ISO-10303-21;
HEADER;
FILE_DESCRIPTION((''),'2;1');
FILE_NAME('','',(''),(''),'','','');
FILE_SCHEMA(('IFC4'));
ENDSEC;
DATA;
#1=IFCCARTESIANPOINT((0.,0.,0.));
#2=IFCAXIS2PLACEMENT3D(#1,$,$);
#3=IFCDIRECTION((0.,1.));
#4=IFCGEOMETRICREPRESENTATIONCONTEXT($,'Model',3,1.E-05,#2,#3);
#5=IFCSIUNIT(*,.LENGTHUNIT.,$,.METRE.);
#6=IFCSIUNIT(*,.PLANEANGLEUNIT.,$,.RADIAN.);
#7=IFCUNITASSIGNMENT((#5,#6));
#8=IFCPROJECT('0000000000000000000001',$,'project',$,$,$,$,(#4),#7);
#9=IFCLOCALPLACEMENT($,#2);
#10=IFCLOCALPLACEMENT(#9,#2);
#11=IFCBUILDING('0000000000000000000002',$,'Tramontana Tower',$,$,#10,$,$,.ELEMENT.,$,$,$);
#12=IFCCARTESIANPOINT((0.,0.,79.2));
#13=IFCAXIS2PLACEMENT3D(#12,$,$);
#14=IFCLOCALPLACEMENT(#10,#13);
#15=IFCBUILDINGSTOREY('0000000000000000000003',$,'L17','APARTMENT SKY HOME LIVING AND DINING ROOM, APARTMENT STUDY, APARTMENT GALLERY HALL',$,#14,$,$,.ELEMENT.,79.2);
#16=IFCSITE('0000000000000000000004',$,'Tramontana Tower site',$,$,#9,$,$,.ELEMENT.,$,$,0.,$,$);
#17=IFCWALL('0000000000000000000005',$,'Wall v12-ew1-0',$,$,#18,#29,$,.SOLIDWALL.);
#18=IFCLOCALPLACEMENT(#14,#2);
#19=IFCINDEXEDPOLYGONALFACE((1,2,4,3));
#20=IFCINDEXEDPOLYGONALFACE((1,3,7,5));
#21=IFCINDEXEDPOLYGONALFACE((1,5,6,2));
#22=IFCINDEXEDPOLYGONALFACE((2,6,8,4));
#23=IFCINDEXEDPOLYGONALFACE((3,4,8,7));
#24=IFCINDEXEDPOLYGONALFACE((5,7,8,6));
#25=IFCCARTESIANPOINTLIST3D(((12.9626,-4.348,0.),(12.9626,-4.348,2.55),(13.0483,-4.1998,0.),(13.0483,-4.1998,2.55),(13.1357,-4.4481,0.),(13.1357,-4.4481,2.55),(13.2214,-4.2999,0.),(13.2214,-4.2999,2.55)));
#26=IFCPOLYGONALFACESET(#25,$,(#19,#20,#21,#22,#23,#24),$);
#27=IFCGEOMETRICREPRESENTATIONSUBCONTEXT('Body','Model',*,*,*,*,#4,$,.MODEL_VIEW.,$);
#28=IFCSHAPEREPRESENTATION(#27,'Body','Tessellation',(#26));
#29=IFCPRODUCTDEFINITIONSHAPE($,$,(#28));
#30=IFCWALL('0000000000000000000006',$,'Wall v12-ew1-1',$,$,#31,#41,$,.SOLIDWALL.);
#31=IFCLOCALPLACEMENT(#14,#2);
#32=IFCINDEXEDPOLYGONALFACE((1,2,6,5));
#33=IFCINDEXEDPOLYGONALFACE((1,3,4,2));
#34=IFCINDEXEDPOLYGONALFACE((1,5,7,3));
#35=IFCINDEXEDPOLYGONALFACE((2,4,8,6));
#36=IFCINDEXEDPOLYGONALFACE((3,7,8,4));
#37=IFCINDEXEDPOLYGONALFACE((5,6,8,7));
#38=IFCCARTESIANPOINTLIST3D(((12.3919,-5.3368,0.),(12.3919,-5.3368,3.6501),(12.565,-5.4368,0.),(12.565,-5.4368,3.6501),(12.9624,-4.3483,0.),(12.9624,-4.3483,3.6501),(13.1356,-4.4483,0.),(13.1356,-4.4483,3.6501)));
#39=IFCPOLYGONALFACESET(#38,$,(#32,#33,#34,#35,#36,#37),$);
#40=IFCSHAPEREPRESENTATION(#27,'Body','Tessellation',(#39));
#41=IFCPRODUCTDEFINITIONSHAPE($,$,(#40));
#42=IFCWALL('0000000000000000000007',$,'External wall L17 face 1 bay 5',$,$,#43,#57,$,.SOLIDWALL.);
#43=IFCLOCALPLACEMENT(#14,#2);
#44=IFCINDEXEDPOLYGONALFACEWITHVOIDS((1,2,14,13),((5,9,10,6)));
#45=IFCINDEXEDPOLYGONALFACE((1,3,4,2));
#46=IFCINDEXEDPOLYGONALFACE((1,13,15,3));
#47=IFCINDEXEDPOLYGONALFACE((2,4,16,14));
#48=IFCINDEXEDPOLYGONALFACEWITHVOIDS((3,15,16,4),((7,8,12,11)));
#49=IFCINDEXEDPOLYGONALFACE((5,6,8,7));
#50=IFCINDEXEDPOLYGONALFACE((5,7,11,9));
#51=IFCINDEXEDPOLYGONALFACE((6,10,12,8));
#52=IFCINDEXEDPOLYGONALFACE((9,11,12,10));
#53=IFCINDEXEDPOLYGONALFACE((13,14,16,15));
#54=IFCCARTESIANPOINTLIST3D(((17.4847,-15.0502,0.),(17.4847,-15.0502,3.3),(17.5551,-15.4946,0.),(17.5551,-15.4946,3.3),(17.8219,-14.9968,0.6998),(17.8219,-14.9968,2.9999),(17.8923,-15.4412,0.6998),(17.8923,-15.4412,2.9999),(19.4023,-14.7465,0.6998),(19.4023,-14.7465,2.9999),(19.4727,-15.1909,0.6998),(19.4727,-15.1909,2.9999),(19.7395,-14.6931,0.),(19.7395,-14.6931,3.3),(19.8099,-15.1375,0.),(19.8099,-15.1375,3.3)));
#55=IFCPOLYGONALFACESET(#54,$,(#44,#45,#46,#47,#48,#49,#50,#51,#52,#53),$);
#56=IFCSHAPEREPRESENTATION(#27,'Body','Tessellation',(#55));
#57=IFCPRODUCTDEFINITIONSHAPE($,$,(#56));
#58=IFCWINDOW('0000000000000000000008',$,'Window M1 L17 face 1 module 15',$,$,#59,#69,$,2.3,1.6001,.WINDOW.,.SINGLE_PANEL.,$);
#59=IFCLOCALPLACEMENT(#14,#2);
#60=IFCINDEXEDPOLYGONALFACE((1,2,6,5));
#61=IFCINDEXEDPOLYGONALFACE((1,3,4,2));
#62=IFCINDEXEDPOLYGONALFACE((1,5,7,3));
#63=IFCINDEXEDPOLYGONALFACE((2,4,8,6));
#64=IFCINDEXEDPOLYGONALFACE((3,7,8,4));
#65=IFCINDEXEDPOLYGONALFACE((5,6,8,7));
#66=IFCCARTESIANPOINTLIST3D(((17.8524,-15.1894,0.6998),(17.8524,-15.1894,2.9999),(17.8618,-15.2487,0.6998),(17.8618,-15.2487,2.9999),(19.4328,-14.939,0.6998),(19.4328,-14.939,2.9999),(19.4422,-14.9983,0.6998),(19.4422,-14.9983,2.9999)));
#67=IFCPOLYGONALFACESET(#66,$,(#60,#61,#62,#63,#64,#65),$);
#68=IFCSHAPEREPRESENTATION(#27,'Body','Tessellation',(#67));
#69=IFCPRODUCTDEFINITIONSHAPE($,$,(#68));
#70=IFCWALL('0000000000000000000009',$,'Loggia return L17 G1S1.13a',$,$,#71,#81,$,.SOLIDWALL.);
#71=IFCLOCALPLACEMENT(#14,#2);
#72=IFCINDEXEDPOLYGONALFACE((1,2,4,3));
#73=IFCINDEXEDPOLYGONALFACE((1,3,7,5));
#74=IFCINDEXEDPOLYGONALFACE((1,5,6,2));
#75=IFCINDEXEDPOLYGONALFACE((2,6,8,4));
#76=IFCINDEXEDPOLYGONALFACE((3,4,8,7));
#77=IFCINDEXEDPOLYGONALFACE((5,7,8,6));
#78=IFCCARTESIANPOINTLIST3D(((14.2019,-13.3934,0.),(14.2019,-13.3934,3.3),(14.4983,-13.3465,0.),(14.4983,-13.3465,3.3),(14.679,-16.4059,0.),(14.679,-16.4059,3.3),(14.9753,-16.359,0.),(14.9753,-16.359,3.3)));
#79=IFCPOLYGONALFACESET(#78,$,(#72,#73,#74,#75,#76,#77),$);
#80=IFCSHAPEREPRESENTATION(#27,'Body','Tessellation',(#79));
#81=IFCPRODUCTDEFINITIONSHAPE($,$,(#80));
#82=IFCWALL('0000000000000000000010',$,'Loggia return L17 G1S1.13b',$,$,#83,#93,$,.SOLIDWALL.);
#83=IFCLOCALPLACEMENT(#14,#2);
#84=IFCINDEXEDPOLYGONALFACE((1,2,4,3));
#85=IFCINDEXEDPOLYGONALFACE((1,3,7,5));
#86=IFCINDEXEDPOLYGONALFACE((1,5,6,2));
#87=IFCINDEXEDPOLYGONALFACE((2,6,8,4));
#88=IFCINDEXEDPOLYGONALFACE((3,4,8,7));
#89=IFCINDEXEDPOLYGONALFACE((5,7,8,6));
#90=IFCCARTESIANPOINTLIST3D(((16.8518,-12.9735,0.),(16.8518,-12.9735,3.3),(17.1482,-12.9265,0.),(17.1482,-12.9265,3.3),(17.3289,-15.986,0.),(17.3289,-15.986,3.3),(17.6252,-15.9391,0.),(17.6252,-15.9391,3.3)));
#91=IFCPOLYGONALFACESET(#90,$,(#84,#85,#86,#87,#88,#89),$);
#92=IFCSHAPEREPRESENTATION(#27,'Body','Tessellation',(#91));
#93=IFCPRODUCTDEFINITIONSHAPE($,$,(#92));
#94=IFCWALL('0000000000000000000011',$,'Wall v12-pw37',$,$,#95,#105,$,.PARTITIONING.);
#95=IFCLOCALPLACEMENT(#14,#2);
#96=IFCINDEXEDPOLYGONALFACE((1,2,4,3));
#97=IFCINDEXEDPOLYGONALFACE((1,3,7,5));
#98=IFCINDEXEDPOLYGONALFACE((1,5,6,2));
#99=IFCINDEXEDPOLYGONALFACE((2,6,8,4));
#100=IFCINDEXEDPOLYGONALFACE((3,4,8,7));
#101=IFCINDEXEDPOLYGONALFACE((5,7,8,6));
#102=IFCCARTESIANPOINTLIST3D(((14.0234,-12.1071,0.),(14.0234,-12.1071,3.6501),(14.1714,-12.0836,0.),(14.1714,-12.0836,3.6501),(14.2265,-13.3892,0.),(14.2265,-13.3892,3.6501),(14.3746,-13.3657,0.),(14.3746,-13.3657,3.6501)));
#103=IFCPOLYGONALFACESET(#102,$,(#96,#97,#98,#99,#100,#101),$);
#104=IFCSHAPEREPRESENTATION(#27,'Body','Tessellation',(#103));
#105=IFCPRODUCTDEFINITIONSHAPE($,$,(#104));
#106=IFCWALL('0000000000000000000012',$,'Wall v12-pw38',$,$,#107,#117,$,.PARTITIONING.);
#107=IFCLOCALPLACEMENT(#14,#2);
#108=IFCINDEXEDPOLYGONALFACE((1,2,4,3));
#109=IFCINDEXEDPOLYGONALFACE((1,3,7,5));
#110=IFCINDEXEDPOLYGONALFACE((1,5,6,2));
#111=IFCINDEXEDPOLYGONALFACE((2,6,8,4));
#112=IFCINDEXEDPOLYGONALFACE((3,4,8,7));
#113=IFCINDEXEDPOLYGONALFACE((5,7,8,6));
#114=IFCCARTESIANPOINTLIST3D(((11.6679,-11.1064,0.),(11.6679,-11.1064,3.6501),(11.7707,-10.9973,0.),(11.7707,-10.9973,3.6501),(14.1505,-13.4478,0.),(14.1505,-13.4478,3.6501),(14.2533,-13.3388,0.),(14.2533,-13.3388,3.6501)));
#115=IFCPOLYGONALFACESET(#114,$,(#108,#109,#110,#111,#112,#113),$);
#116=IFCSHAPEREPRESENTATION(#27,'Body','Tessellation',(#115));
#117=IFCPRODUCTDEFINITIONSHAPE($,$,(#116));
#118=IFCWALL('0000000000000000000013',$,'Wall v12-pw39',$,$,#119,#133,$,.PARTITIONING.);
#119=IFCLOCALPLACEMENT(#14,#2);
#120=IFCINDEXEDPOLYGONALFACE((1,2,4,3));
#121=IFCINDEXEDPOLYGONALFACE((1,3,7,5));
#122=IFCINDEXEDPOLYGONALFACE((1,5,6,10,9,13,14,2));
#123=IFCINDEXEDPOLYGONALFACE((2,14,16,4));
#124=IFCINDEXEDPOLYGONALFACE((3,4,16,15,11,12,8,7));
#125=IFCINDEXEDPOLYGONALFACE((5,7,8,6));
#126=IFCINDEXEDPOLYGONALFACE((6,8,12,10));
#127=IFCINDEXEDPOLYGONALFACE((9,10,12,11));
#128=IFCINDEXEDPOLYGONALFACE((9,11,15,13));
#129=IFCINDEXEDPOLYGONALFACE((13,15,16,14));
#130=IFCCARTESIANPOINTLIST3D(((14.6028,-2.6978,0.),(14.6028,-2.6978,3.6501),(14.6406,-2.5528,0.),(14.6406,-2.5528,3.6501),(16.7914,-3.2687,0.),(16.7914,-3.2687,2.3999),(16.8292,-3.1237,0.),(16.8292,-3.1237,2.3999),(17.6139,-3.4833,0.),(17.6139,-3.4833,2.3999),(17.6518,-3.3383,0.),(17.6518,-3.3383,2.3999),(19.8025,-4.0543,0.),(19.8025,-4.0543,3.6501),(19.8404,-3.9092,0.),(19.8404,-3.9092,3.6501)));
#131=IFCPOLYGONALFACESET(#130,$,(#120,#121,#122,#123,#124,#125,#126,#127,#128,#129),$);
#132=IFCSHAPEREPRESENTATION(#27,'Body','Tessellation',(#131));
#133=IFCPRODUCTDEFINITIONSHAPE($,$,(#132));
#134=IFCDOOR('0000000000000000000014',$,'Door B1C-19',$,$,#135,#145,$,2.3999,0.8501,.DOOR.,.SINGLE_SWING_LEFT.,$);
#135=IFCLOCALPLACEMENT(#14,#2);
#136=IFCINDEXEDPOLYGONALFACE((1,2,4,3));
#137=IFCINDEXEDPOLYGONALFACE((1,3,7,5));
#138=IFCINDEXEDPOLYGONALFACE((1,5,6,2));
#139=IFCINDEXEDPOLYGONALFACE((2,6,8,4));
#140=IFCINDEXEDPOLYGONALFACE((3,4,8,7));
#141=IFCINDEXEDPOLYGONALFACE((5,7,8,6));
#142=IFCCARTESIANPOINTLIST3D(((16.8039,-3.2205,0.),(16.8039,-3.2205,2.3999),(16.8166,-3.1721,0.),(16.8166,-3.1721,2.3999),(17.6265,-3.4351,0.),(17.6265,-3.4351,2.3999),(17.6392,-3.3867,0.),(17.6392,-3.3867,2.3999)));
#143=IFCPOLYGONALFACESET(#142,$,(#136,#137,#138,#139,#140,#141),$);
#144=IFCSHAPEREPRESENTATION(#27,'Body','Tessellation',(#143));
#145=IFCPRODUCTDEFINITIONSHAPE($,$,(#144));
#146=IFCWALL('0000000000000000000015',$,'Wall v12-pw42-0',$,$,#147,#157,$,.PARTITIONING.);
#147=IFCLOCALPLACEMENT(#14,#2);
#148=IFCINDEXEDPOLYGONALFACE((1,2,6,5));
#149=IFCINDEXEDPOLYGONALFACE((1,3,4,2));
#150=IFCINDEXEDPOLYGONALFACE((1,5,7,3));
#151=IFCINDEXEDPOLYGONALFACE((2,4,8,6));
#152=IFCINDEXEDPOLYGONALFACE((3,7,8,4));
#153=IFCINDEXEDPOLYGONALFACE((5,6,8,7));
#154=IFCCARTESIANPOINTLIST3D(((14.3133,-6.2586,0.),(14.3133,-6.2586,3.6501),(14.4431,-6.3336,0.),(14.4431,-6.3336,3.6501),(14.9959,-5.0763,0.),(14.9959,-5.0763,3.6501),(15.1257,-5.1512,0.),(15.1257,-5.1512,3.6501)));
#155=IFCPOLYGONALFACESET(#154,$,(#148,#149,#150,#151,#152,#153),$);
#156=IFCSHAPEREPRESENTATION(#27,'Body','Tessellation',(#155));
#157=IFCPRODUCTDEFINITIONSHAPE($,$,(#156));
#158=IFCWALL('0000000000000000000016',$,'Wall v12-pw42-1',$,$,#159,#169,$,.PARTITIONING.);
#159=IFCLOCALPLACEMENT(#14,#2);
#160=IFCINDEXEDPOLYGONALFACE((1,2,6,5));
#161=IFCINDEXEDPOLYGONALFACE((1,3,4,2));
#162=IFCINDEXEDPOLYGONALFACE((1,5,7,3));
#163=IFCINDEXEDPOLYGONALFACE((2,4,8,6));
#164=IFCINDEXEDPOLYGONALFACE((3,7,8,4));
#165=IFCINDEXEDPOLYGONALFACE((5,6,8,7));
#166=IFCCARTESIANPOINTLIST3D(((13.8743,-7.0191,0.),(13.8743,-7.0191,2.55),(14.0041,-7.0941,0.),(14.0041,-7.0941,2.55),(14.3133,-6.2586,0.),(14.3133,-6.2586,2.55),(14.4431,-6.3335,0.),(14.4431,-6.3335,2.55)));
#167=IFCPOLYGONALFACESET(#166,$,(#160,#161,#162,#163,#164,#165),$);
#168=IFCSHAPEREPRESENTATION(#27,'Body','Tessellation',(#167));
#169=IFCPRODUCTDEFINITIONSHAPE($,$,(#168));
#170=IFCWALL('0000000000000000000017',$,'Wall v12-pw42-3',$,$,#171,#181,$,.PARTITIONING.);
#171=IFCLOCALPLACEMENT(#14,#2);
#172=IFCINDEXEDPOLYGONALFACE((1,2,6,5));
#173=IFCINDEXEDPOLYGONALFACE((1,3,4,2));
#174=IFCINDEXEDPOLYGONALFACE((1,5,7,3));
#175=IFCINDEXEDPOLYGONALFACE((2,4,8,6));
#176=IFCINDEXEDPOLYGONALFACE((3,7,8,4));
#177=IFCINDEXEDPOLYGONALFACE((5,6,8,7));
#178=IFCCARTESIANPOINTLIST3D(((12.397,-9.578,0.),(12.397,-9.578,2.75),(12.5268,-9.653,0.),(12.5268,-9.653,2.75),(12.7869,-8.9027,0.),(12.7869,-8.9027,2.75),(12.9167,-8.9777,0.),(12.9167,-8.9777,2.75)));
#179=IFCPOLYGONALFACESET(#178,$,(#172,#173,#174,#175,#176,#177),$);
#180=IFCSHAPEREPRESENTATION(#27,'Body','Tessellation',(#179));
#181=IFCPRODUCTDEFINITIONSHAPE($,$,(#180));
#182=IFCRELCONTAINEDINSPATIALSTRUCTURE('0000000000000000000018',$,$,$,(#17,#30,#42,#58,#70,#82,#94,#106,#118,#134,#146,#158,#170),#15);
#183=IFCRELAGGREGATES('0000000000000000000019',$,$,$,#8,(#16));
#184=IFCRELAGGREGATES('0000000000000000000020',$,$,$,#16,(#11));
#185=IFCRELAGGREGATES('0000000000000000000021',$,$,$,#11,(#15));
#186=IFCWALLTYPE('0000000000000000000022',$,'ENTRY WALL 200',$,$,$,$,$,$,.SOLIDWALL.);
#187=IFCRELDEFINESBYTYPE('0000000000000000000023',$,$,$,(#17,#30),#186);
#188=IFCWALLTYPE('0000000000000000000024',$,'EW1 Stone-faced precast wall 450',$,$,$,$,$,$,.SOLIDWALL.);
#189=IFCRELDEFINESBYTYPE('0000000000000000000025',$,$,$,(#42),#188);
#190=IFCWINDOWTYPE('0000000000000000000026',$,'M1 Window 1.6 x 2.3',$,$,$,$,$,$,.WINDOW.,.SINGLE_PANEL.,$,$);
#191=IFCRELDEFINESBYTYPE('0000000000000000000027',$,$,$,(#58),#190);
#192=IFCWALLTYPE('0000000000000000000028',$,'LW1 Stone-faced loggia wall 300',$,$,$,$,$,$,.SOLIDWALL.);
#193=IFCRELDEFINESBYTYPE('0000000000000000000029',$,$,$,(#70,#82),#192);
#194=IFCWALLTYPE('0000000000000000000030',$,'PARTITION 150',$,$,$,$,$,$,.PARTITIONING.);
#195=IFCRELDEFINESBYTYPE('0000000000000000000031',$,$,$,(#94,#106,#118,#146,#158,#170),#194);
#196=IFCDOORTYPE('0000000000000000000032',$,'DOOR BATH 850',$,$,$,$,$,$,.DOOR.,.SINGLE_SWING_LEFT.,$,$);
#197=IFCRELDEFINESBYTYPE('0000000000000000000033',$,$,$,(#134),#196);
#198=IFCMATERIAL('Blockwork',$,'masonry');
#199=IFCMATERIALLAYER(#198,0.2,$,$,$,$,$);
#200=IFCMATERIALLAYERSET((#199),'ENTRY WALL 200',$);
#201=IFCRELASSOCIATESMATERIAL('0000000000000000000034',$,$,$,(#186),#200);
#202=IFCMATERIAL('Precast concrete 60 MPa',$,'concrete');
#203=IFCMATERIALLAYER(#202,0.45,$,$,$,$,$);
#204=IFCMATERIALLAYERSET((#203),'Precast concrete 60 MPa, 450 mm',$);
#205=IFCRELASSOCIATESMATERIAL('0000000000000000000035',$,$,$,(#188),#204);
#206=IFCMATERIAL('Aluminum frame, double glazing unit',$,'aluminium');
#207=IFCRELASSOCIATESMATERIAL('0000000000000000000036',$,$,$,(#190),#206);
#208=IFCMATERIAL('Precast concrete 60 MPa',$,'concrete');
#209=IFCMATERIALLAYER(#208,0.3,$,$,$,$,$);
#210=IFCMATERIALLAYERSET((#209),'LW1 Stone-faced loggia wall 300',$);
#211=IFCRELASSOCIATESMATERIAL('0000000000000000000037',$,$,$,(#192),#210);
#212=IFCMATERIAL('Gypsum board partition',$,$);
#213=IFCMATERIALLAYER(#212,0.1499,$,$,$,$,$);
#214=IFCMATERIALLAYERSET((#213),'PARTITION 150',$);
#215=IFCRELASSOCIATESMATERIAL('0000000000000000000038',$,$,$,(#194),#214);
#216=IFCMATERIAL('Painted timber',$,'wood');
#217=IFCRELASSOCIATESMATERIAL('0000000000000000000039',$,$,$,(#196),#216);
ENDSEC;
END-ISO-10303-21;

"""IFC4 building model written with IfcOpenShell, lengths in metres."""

from ifc_helpers import new_model, si_unit, direction, frame, frame_2d, origin, place, context, subcontext, project, spatial, rectangle, extrude, material, layer, layer_set, type_object, element, fill, save


model = new_model("IFC4")

# Units and contexts
model_context = context("Model", 3, precision=1e-05, world=origin(), true_north=direction((0.0, 1.0)))
body_context = subcontext(model_context, "Body", "Model", "MODEL_VIEW")
ifc_project = project(units=[si_unit("LENGTHUNIT", "METRE"), si_unit("PLANEANGLEUNIT", "RADIAN")], contexts=[model_context])

# Site, building, storey
site_placement = place(None, origin())
site = spatial("IfcSite", under=ifc_project, at=site_placement, Name="Tramontana Tower site", CompositionType="ELEMENT", RefElevation=0.0)
building_placement = place(site_placement, origin())
building = spatial("IfcBuilding", under=site, at=building_placement, Name="Tramontana Tower", CompositionType="ELEMENT")
storey_placement = place(building_placement, frame((0.0, 0.0, 79.2)))
storey = spatial("IfcBuildingStorey", under=building, at=storey_placement, Name="L17", Description="APARTMENT SKY HOME LIVING AND DINING ROOM, APARTMENT STUDY, APARTMENT GALLERY HALL", CompositionType="ELEMENT", Elevation=79.2)

# Walls
ifc_material_1 = material(Name="Blockwork", Category="masonry")
ifc_layer_1 = layer(ifc_material_1, 0.2)
ifc_layer_set_1 = layer_set([ifc_layer_1], Name="ENTRY WALL 200")
wall_type_1 = type_object("IfcWallType", Name="ENTRY WALL 200", PredefinedType="SOLIDWALL", material=ifc_layer_set_1)
wall_1_placement = place(storey_placement, frame((13.1348, -4.25, 0.0), z_axis=(0.0, 0.0, 1.0), x_axis=(-0.500586, -0.865687, 0.0)))
element("IfcWall", 1, at=wall_1_placement, inside=storey, type_object=wall_type_1, Name="Wall v12-ew1-0", PredefinedType="SOLIDWALL", context=body_context, shape_type="SweptSolid", body=[
    extrude(rectangle(XDim=0.1711, YDim=0.2, at=frame_2d((0.0854, 0.0))), origin(), (0.0, 0.0, 1.0), 2.55),
])
wall_2_placement = place(storey_placement, frame((13.0491, -4.3982, 0.0), z_axis=(0.0, 0.0, 1.0), x_axis=(-0.499889, -0.866089, 0.0)))
element("IfcWall", 2, at=wall_2_placement, inside=storey, type_object=wall_type_1, Name="Wall v12-ew1-1", PredefinedType="SOLIDWALL", context=body_context, shape_type="SweptSolid", body=[
    extrude(rectangle(XDim=1.1414, YDim=0.2, at=frame_2d((0.5708, 0.0))), origin(), (0.0, 0.0, 1.0), 3.6501),
])

# Wall, opening, window
ifc_material_2 = material(Name="Precast concrete 60 MPa", Category="concrete")
ifc_layer_2 = layer(ifc_material_2, 0.45)
ifc_layer_set_2 = layer_set([ifc_layer_2], Name="Precast concrete 60 MPa, 450 mm")
wall_type_2 = type_object("IfcWallType", Name="EW1 Stone-faced precast wall 450", PredefinedType="SOLIDWALL", material=ifc_layer_set_2)
wall_3_placement = place(storey_placement, frame((17.5198, -15.2725, 0.0), z_axis=(0.0, 0.0, 1.0), x_axis=(0.987686, 0.156451, 0.0)))
wall_3 = element("IfcWall", 3, at=wall_3_placement, inside=storey, type_object=wall_type_2, Name="External wall L17 face 1 bay 5", PredefinedType="SOLIDWALL", context=body_context, shape_type="SweptSolid", body=[
    extrude(rectangle(XDim=2.283, YDim=0.45, at=frame_2d((1.1416, 0.0))), origin(), (0.0, 0.0, 1.0), 3.3),
])
opening_1_placement = place(wall_3_placement, frame((0.3416, 0.0, 0.7)))
opening_1 = element("IfcOpeningElement", 4, at=opening_1_placement, cuts=wall_3, PredefinedType="OPENING", context=body_context, shape_type="SweptSolid", body=[
    extrude(rectangle(XDim=1.6001, YDim=2.3, at=frame_2d((0.8, 1.1499))), frame((0.0, 0.2349, 0.0), z_axis=(0.0, -1.0, 0.0), x_axis=(1.0, 0.0, 0.0)), (0.0, 0.0, 1.0), 0.47),
])
ifc_material_3 = material(Name="Aluminum frame, double glazing unit", Category="aluminium")
window_type = type_object("IfcWindowType", Name="M1 Window 1.6 x 2.3", PartitioningType="SINGLE_PANEL", PredefinedType="WINDOW", material=ifc_material_3)
window_placement = place(opening_1_placement, origin())
window = element("IfcWindow", 5, at=window_placement, inside=storey, type_object=window_type, Name="Window M1 L17 face 1 module 15", OverallHeight=2.3, OverallWidth=1.6001, PartitioningType="SINGLE_PANEL", PredefinedType="WINDOW", context=body_context, shape_type="SweptSolid", body=[
    extrude(rectangle(XDim=1.6001, YDim=2.3, at=frame_2d((0.8, 1.1499))), frame((0.0, 0.03, 0.0), z_axis=(0.0, -1.0, 0.0), x_axis=(1.0, 0.0, 0.0)), (0.0, 0.0, 1.0), 0.0601),
])
fill(opening_1, window)

# Shared definitions
ifc_material_4 = material(Name="Precast concrete 60 MPa", Category="concrete")
ifc_layer_3 = layer(ifc_material_4, 0.3)
ifc_layer_set_3 = layer_set([ifc_layer_3], Name="LW1 Stone-faced loggia wall 300")
wall_type_3 = type_object("IfcWallType", Name="LW1 Stone-faced loggia wall 300", PredefinedType="SOLIDWALL", material=ifc_layer_set_3)

# Walls
for number, where, z_axis, x_axis, name in (
    (6, (14.8271, -16.3823, 0.0), (0.0, 0.0, 1.0), (-0.156411, 0.987692, 0.0), "Loggia return L17 G1S1.13a"),
    (7, (17.4771, -15.9624, 0.0), (0.0, 0.0, 1.0), (-0.156411, 0.987692, 0.0), "Loggia return L17 G1S1.13b"),
):
    element("IfcWall", number, at=place(storey_placement, frame(where, z_axis=z_axis, x_axis=x_axis)), inside=storey, type_object=wall_type_3, Name=name, PredefinedType="SOLIDWALL", context=body_context, shape_type="SweptSolid", body=[
        extrude(rectangle(XDim=3.05, YDim=0.3, at=frame_2d((1.5249, 0.0))), origin(), (0.0, 0.0, 1.0), 3.3),
    ])
ifc_material_5 = material(Name="Gypsum board partition")
ifc_layer_4 = layer(ifc_material_5, 0.1499)
ifc_layer_set_4 = layer_set([ifc_layer_4], Name="PARTITION 150")
wall_type_4 = type_object("IfcWallType", Name="PARTITION 150", PredefinedType="PARTITIONING", material=ifc_layer_set_4)
wall_4_placement = place(storey_placement, frame((14.0974, -12.0955, 0.0), z_axis=(0.0, 0.0, 1.0), x_axis=(0.156494, -0.987679, 0.0)))
element("IfcWall", 8, at=wall_4_placement, inside=storey, type_object=wall_type_4, Name="Wall v12-pw37", PredefinedType="PARTITIONING", context=body_context, shape_type="SweptSolid", body=[
    extrude(rectangle(XDim=1.2981, YDim=0.1499, at=frame_2d((0.6489, 0.0))), origin(), (0.0, 0.0, 1.0), 3.6501),
])
wall_5_placement = place(storey_placement, frame((14.2019, -13.3933, 0.0), z_axis=(0.0, 0.0, 1.0), x_axis=(-0.727479, 0.68613, 0.0)))
element("IfcWall", 9, at=wall_5_placement, inside=storey, type_object=wall_type_4, Name="Wall v12-pw38", PredefinedType="PARTITIONING", context=body_context, shape_type="SweptSolid", body=[
    extrude(rectangle(XDim=3.4126, YDim=0.1499, at=frame_2d((1.7063, 0.0))), origin(), (0.0, 0.0, 1.0), 3.6501),
])

# Wall, opening, door
wall_6_placement = place(storey_placement, frame((14.6216, -2.6252, 0.0), z_axis=(0.0, 0.0, 1.0), x_axis=(0.967617, -0.252422, 0.0)))
wall_6 = element("IfcWall", 10, at=wall_6_placement, inside=storey, type_object=wall_type_4, Name="Wall v12-pw39", PredefinedType="PARTITIONING", context=body_context, shape_type="SweptSolid", body=[
    extrude(rectangle(XDim=5.3738, YDim=0.1499, at=frame_2d((2.687, 0.0))), origin(), (0.0, 0.0, 1.0), 3.6501),
])
opening_2_placement = place(wall_6_placement, frame((2.262, 0.0, 0.0)))
opening_2 = element("IfcOpeningElement", 11, at=opening_2_placement, cuts=wall_6, PredefinedType="OPENING", context=body_context, shape_type="SweptSolid", body=[
    extrude(rectangle(XDim=0.8501, YDim=2.3999, at=frame_2d((0.425, 1.2))), frame((0.0, 0.085, 0.0), z_axis=(0.0, -1.0, 0.0), x_axis=(1.0, 0.0, 0.0)), (0.0, 0.0, 1.0), 0.1699),
])
ifc_material_6 = material(Name="Painted timber", Category="wood")
door_type_1 = type_object("IfcDoorType", Name="DOOR BATH 850", OperationType="SINGLE_SWING_LEFT", PredefinedType="DOOR", material=ifc_material_6)
door_1_placement = place(opening_2_placement, origin())
door_1 = element("IfcDoor", 12, at=door_1_placement, inside=storey, type_object=door_type_1, Name="Door B1C-19", OperationType="SINGLE_SWING_LEFT", OverallHeight=2.3999, OverallWidth=0.8501, PredefinedType="DOOR", context=body_context, shape_type="SweptSolid", body=[
    extrude(rectangle(XDim=0.8501, YDim=2.3999, at=frame_2d((0.425, 1.2))), frame((0.0, 0.0249, 0.0), z_axis=(0.0, -1.0, 0.0), x_axis=(1.0, 0.0, 0.0)), (0.0, 0.0, 1.0), 0.05),
])
fill(opening_2, door_1)

# Walls
wall_7_placement = place(storey_placement, frame((15.0608, -5.1138, 0.0), z_axis=(0.0, 0.0, 1.0), x_axis=(-0.499986, -0.866034, 0.0)))
element("IfcWall", 13, at=wall_7_placement, inside=storey, type_object=wall_type_4, Name="Wall v12-pw42-0", PredefinedType="PARTITIONING", context=body_context, shape_type="SweptSolid", body=[
    extrude(rectangle(XDim=1.3652, YDim=0.1499, at=frame_2d((0.6826, 0.0))), origin(), (0.0, 0.0, 1.0), 3.6501),
])
wall_8_placement = place(storey_placement, frame((14.3782, -6.2961, 0.0), z_axis=(0.0, 0.0, 1.0), x_axis=(-0.499907, -0.866079, 0.0)))
element("IfcWall", 14, at=wall_8_placement, inside=storey, type_object=wall_type_4, Name="Wall v12-pw42-1", PredefinedType="PARTITIONING", context=body_context, shape_type="SweptSolid", body=[
    extrude(rectangle(XDim=0.8782, YDim=0.1499, at=frame_2d((0.439, 0.0))), origin(), (0.0, 0.0, 1.0), 2.55),
])

# Wall
wall_9_placement = place(storey_placement, frame((12.8518, -8.9402, 0.0), z_axis=(0.0, 0.0, 1.0), x_axis=(-0.500012, -0.866019, 0.0)))
element("IfcWall", 15, at=wall_9_placement, inside=storey, type_object=wall_type_4, Name="Wall v12-pw42-3", PredefinedType="PARTITIONING", context=body_context, shape_type="SweptSolid", body=[
    extrude(rectangle(XDim=0.7798, YDim=0.1499, at=frame_2d((0.3899, 0.0))), origin(), (0.0, 0.0, 1.0), 2.75),
])

save(model, "model.ifc")
